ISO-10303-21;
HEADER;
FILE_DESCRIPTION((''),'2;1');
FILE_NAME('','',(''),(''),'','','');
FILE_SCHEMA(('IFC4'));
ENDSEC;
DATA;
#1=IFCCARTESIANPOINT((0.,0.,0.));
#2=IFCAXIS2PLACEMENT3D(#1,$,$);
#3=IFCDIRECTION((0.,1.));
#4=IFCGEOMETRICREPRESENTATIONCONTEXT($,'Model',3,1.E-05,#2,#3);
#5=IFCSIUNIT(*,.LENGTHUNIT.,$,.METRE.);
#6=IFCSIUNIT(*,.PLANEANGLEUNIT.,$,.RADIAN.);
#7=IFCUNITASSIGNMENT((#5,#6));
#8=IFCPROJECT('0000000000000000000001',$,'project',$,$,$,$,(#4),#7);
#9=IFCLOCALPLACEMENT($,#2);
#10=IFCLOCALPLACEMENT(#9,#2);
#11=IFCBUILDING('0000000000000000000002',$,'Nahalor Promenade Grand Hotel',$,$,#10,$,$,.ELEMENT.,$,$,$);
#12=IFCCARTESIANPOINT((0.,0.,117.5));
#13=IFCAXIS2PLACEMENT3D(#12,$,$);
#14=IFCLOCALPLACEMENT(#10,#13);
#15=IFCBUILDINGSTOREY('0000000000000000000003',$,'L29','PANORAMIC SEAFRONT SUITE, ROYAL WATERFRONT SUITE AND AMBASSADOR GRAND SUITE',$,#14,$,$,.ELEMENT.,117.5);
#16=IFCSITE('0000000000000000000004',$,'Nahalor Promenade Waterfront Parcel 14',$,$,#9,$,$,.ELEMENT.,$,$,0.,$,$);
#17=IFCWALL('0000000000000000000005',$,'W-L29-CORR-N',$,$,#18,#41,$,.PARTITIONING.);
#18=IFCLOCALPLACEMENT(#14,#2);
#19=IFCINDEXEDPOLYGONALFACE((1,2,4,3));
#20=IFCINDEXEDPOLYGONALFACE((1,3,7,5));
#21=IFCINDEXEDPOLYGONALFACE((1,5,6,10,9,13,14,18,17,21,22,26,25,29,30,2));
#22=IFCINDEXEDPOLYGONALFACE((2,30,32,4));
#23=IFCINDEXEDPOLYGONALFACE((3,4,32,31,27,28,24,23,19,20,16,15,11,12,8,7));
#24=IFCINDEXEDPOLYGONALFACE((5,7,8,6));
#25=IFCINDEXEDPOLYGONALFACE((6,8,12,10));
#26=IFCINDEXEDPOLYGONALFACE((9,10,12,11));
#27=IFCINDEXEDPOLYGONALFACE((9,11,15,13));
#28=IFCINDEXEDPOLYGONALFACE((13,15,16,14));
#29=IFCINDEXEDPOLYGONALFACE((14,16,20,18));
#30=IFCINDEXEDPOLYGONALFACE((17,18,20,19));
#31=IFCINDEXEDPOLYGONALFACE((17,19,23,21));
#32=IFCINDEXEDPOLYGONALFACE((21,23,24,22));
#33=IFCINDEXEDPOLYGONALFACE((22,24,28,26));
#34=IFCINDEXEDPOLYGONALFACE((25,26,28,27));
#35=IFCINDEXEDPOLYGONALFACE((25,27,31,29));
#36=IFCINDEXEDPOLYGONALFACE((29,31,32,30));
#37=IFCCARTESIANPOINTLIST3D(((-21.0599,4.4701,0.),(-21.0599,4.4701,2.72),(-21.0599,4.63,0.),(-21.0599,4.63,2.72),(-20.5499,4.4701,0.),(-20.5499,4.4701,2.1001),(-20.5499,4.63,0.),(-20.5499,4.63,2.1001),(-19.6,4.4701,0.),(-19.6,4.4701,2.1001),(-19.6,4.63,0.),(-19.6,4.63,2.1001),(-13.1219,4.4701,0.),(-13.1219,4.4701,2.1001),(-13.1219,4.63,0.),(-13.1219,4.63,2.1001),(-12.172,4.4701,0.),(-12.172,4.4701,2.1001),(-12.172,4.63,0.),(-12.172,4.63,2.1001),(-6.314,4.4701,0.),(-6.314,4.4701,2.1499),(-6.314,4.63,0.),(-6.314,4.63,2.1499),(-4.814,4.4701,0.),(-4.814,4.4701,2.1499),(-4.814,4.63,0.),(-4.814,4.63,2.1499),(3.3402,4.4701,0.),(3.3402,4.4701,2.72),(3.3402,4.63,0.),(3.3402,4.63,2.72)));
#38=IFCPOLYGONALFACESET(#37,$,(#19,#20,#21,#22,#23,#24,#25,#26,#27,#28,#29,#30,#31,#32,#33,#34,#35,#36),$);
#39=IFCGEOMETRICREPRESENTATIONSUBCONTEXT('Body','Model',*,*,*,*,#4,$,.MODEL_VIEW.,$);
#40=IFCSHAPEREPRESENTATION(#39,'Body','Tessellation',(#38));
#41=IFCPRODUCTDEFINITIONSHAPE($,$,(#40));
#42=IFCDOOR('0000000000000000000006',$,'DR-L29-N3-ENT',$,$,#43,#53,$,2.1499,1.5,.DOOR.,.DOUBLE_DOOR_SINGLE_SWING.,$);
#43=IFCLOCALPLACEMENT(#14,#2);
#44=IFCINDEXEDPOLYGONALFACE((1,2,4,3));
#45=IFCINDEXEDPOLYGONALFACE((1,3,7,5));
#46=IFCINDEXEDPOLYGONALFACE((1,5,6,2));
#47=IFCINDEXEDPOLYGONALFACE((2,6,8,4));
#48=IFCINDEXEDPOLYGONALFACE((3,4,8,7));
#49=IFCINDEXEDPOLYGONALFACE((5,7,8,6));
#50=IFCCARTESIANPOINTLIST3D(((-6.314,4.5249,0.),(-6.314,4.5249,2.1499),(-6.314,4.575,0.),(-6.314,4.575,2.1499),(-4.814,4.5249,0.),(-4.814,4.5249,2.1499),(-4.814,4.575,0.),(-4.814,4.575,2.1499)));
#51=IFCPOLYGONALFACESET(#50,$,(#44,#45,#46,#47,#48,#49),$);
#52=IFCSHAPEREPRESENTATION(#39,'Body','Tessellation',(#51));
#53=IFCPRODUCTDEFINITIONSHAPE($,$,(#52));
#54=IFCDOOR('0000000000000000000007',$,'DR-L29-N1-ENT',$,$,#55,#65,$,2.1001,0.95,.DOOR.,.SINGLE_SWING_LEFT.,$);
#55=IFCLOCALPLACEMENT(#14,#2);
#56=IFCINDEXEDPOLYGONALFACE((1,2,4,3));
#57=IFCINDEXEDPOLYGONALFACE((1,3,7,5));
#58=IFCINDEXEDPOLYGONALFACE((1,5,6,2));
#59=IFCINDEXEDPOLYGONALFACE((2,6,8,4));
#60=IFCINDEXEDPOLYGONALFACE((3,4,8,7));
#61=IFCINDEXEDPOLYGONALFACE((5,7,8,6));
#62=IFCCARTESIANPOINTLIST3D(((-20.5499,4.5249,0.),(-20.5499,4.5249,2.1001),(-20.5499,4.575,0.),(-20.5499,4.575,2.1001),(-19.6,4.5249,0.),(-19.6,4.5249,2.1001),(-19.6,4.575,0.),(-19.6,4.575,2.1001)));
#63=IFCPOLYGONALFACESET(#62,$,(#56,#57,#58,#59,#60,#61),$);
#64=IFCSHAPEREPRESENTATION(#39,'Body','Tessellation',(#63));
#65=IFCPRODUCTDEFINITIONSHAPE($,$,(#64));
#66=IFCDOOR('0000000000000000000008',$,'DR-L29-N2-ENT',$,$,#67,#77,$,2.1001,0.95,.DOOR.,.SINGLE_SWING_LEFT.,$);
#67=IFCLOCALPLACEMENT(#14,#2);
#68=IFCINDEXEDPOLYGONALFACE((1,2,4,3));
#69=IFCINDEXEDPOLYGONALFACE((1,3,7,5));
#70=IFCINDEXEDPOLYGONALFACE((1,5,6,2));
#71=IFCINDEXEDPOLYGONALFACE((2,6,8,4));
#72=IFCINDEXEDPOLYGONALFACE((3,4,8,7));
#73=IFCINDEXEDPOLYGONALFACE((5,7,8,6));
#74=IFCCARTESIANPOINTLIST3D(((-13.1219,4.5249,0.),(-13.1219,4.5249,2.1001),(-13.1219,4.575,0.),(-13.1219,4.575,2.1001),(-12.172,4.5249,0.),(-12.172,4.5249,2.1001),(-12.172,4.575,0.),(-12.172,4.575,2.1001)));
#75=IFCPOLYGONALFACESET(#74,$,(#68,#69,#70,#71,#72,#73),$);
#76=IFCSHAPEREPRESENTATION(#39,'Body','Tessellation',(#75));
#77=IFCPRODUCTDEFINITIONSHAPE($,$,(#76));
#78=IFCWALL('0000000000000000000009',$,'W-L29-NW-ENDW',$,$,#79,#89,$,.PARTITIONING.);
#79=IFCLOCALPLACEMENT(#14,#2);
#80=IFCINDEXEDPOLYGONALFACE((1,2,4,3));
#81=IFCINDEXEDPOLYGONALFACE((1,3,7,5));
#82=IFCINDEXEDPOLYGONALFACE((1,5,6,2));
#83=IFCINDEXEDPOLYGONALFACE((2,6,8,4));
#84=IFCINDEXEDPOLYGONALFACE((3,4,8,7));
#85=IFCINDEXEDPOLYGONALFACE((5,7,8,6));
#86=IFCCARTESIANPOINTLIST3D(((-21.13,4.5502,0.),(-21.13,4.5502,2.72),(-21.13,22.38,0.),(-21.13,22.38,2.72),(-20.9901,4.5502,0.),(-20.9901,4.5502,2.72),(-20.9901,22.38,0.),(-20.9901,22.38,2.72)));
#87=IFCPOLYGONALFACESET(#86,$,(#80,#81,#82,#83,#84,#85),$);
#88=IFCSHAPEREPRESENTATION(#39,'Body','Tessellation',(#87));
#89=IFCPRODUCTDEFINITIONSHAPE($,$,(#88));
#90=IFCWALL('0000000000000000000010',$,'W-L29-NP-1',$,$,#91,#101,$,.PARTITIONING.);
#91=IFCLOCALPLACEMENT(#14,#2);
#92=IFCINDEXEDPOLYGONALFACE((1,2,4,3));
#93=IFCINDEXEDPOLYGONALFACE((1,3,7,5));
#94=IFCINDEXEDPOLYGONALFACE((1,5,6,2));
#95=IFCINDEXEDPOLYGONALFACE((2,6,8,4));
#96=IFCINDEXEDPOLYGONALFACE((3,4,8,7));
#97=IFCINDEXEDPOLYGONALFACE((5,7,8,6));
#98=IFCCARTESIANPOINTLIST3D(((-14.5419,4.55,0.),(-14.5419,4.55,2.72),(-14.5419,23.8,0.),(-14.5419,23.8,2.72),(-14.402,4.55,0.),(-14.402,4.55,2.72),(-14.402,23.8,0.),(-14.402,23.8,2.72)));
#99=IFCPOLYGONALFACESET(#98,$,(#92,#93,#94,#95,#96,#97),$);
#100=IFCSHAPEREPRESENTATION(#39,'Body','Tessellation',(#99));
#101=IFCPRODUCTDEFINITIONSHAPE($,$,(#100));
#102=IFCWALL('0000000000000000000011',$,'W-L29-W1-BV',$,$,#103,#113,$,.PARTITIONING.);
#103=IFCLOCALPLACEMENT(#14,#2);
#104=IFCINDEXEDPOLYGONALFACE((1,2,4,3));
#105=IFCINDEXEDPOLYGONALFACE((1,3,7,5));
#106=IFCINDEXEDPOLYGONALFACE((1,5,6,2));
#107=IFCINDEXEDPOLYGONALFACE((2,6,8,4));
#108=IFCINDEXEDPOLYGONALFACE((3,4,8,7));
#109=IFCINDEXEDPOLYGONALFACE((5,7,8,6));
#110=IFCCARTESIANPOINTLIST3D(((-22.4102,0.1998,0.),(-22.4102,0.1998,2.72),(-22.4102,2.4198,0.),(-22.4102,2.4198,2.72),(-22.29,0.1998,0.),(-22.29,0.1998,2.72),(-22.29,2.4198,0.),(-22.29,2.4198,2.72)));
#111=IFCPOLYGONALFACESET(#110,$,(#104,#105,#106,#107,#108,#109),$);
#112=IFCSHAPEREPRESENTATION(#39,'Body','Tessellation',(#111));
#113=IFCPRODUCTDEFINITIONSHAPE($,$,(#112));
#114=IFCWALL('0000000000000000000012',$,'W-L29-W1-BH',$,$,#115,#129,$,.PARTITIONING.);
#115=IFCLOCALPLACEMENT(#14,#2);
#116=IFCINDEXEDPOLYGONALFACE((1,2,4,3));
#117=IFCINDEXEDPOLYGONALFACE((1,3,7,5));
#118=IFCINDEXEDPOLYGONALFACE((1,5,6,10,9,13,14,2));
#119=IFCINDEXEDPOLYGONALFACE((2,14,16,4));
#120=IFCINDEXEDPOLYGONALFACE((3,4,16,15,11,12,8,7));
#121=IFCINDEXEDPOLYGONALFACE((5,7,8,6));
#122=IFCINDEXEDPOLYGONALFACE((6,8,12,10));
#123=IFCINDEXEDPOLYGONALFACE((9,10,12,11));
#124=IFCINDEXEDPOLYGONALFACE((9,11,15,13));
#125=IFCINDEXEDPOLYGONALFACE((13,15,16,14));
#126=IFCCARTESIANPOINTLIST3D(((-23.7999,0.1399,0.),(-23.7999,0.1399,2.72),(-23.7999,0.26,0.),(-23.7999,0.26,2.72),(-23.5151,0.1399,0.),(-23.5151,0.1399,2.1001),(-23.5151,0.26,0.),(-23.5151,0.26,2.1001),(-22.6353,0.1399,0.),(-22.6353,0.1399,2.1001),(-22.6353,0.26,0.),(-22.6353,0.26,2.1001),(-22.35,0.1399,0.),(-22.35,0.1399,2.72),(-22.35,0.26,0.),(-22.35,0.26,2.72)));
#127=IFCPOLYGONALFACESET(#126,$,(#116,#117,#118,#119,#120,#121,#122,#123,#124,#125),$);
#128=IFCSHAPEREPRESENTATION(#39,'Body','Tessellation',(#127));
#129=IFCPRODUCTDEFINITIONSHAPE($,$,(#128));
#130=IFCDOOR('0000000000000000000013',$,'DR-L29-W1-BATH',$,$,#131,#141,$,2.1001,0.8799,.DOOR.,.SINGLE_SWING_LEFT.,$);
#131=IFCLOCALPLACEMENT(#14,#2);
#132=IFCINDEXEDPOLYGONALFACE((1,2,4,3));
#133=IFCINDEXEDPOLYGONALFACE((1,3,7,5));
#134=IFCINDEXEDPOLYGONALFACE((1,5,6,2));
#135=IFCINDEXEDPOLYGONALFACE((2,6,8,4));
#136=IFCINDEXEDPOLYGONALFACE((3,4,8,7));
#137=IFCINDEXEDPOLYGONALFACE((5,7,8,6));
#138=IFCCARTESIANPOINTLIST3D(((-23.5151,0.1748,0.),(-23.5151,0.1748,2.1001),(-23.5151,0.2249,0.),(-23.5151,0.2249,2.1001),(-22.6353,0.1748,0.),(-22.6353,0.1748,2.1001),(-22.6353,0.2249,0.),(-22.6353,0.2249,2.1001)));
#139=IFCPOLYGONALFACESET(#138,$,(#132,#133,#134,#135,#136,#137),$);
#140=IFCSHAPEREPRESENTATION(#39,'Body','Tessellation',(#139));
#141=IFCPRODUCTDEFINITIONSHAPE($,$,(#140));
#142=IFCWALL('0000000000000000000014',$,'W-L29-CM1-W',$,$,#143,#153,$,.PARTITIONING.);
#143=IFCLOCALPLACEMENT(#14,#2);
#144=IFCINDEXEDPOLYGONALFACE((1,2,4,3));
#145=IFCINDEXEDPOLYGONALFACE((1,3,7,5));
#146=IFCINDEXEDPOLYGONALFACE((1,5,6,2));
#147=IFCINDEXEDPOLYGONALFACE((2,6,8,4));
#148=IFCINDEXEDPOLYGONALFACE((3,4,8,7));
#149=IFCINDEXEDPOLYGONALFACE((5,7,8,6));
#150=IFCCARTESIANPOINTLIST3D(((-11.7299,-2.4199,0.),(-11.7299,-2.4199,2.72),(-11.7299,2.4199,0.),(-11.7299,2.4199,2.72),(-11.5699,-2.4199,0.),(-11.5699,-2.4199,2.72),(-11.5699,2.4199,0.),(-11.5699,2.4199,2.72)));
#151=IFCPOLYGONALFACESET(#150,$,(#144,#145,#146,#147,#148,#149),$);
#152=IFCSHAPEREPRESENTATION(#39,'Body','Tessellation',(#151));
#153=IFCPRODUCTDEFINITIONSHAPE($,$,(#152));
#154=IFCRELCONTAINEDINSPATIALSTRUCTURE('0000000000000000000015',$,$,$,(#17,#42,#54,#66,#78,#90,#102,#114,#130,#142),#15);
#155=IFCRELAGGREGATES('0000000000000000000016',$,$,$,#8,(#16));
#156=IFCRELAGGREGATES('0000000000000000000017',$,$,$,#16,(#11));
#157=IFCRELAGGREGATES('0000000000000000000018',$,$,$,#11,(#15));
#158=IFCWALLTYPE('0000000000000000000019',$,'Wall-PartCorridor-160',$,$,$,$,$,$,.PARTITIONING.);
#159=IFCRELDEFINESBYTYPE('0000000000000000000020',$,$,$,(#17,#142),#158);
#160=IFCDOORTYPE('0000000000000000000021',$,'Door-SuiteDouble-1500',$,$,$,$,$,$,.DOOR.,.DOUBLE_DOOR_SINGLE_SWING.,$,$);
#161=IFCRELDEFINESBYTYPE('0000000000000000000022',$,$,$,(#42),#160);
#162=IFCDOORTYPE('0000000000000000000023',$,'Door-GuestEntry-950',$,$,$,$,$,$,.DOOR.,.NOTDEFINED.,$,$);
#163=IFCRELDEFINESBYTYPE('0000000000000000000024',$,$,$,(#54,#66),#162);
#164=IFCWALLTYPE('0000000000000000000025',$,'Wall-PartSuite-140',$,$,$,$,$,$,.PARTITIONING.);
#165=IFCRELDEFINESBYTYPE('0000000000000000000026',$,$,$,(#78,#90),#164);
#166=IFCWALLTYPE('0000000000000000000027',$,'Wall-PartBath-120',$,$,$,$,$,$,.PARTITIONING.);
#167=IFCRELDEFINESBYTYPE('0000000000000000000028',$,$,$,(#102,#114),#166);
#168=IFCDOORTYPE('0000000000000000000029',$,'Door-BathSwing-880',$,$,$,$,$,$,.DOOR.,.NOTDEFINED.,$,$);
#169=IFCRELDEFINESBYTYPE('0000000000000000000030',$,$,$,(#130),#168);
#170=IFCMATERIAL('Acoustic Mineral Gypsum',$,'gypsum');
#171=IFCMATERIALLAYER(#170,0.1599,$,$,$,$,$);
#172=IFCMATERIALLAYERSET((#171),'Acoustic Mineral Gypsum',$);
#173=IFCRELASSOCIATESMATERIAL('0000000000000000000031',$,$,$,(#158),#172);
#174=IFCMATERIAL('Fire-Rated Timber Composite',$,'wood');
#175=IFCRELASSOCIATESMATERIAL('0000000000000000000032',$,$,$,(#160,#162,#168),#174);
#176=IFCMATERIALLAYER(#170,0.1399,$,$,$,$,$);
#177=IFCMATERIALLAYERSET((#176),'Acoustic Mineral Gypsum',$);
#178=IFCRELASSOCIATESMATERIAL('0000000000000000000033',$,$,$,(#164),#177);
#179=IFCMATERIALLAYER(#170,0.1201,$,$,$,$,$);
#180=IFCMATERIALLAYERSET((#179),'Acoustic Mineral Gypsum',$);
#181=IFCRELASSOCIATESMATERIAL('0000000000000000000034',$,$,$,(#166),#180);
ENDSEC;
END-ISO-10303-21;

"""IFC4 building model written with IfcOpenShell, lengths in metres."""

from ifc_helpers import new_model, si_unit, direction, frame, frame_2d, origin, place, context, subcontext, project, spatial, rectangle, extrude, source, transform, mapped, material, layer, layer_set, type_object, element, fill, save


model = new_model("IFC4")

# Units and contexts
model_context = context("Model", 3, precision=1e-05, world=origin(), true_north=direction((0.0, 1.0)))
body_context = subcontext(model_context, "Body", "Model", "MODEL_VIEW")
ifc_project = project(units=[si_unit("LENGTHUNIT", "METRE"), si_unit("PLANEANGLEUNIT", "RADIAN")], contexts=[model_context])

# Site, building, storey
site_placement = place(None, origin())
site = spatial("IfcSite", under=ifc_project, at=site_placement, Name="Nahalor Promenade Waterfront Parcel 14", CompositionType="ELEMENT", RefElevation=0.0)
building_placement = place(site_placement, origin())
building = spatial("IfcBuilding", under=site, at=building_placement, Name="Nahalor Promenade Grand Hotel", CompositionType="ELEMENT")
storey_placement = place(building_placement, frame((0.0, 0.0, 117.5)))
storey = spatial("IfcBuildingStorey", under=building, at=storey_placement, Name="L29", Description="PANORAMIC SEAFRONT SUITE, ROYAL WATERFRONT SUITE AND AMBASSADOR GRAND SUITE", CompositionType="ELEMENT", Elevation=117.5)

# Wall, openings, doors
ifc_material_1 = material(Name="Acoustic Mineral Gypsum", Category="gypsum")
ifc_layer_1 = layer(ifc_material_1, 0.1599)
ifc_layer_set_1 = layer_set([ifc_layer_1], Name="Acoustic Mineral Gypsum")
wall_type_1 = type_object("IfcWallType", Name="Wall-PartCorridor-160", PredefinedType="PARTITIONING", material=ifc_layer_set_1)
shared_shape_1 = source(origin(), body_context, "Body", "SweptSolid", [
    extrude(rectangle(XDim=24.4001, YDim=0.1599, at=frame_2d((12.2002, 0.0))), origin(), (0.0, 0.0, 1.0), 2.72),
])
wall_1_placement = place(storey_placement, frame((-21.0601, 4.55, 0.0), z_axis=(0.0, 0.0, 1.0), x_axis=(1.0, 0.0, 0.0)))
wall_1 = element("IfcWall", 1, at=wall_1_placement, inside=storey, type_object=wall_type_1, Name="W-L29-CORR-N", PredefinedType="PARTITIONING", context=body_context, shape_type="MappedRepresentation", body=[
    mapped(shared_shape_1, transform((0.0, 0.0, 0.0), scale=1.0)),
])
opening_1_placement = place(wall_1_placement, frame((0.51, 0.0, 0.0)))
opening_1 = element("IfcOpeningElement", 2, at=opening_1_placement, cuts=wall_1, PredefinedType="OPENING", context=body_context, shape_type="SweptSolid", body=[
    extrude(rectangle(XDim=0.95, YDim=2.1001, at=frame_2d((0.4751, 1.05))), frame((0.0, 0.0898, 0.0), z_axis=(0.0, -1.0, 0.0), x_axis=(1.0, 0.0, 0.0)), (0.0, 0.0, 1.0), 0.1799),
])
opening_2_placement = place(wall_1_placement, frame((7.938, 0.0, 0.0)))
opening_2 = element("IfcOpeningElement", 3, at=opening_2_placement, cuts=wall_1, PredefinedType="OPENING", context=body_context, shape_type="SweptSolid", body=[
    extrude(rectangle(XDim=0.95, YDim=2.1001, at=frame_2d((0.4751, 1.05))), frame((0.0, 0.0898, 0.0), z_axis=(0.0, -1.0, 0.0), x_axis=(1.0, 0.0, 0.0)), (0.0, 0.0, 1.0), 0.1799),
])
opening_3_placement = place(wall_1_placement, frame((14.7461, 0.0, 0.0)))
opening_3 = element("IfcOpeningElement", 4, at=opening_3_placement, cuts=wall_1, PredefinedType="OPENING", context=body_context, shape_type="SweptSolid", body=[
    extrude(rectangle(XDim=1.5, YDim=2.1499, at=frame_2d((0.75, 1.075))), frame((0.0, 0.0898, 0.0), z_axis=(0.0, -1.0, 0.0), x_axis=(1.0, 0.0, 0.0)), (0.0, 0.0, 1.0), 0.1799),
])
ifc_material_2 = material(Name="Fire-Rated Timber Composite", Category="wood")
door_type_1 = type_object("IfcDoorType", Name="Door-SuiteDouble-1500", OperationType="DOUBLE_DOOR_SINGLE_SWING", PredefinedType="DOOR", material=ifc_material_2)
shared_shape_2 = source(origin(), body_context, "Body", "SweptSolid", [
    extrude(rectangle(XDim=1.5, YDim=2.1499, at=frame_2d((0.75, 1.075))), frame((0.0, 0.0249, 0.0), z_axis=(0.0, -1.0, 0.0), x_axis=(1.0, 0.0, 0.0)), (0.0, 0.0, 1.0), 0.05),
])
door_1_placement = place(opening_3_placement, origin())
door_1 = element("IfcDoor", 5, at=door_1_placement, inside=storey, type_object=door_type_1, Name="DR-L29-N3-ENT", OperationType="DOUBLE_DOOR_SINGLE_SWING", OverallHeight=2.1499, OverallWidth=1.5, PredefinedType="DOOR", context=body_context, shape_type="MappedRepresentation", body=[
    mapped(shared_shape_2, transform((0.0, 0.0, 0.0), scale=1.0)),
])
fill(opening_3, door_1)
door_type_2 = type_object("IfcDoorType", Name="Door-GuestEntry-950", OperationType="NOTDEFINED", PredefinedType="DOOR", material=ifc_material_2)
shared_shape_3 = source(origin(), body_context, "Body", "SweptSolid", [
    extrude(rectangle(XDim=0.95, YDim=2.1001, at=frame_2d((0.4751, 1.05))), frame((0.0, 0.0249, 0.0), z_axis=(0.0, -1.0, 0.0), x_axis=(1.0, 0.0, 0.0)), (0.0, 0.0, 1.0), 0.05),
])
door_2_placement = place(opening_1_placement, origin())
door_2 = element("IfcDoor", 6, at=door_2_placement, inside=storey, type_object=door_type_2, Name="DR-L29-N1-ENT", OperationType="SINGLE_SWING_LEFT", OverallHeight=2.1001, OverallWidth=0.95, PredefinedType="DOOR", context=body_context, shape_type="MappedRepresentation", body=[
    mapped(shared_shape_3, transform((0.0, 0.0, 0.0), scale=1.0)),
])
fill(opening_1, door_2)
door_3_placement = place(opening_2_placement, origin())
door_3 = element("IfcDoor", 7, at=door_3_placement, inside=storey, type_object=door_type_2, Name="DR-L29-N2-ENT", OperationType="SINGLE_SWING_LEFT", OverallHeight=2.1001, OverallWidth=0.95, PredefinedType="DOOR", context=body_context, shape_type="MappedRepresentation", body=[
    mapped(shared_shape_3, transform((0.0, 0.0, 0.0), scale=1.0)),
])
fill(opening_2, door_3)

# Walls
ifc_layer_2 = layer(ifc_material_1, 0.1399)
ifc_layer_set_2 = layer_set([ifc_layer_2], Name="Acoustic Mineral Gypsum")
wall_type_2 = type_object("IfcWallType", Name="Wall-PartSuite-140", PredefinedType="PARTITIONING", material=ifc_layer_set_2)
shared_shape_4 = source(origin(), body_context, "Body", "SweptSolid", [
    extrude(rectangle(XDim=17.8298, YDim=0.1399, at=frame_2d((8.915, 0.0))), origin(), (0.0, 0.0, 1.0), 2.72),
])
wall_2_placement = place(storey_placement, frame((-21.0601, 4.55, 0.0), z_axis=(0.0, 0.0, 1.0), x_axis=(0.0, 1.0, 0.0)))
element("IfcWall", 8, at=wall_2_placement, inside=storey, type_object=wall_type_2, Name="W-L29-NW-ENDW", PredefinedType="PARTITIONING", context=body_context, shape_type="MappedRepresentation", body=[
    mapped(shared_shape_4, transform((0.0, 0.0, 0.0), scale=1.0)),
])
shared_shape_5 = source(origin(), body_context, "Body", "SweptSolid", [
    extrude(rectangle(XDim=19.25, YDim=0.1399, at=frame_2d((9.625, 0.0))), origin(), (0.0, 0.0, 1.0), 2.72),
])
wall_3_placement = place(storey_placement, frame((-14.4719, 4.55, 0.0), z_axis=(0.0, 0.0, 1.0), x_axis=(0.0, 1.0, 0.0)))
element("IfcWall", 9, at=wall_3_placement, inside=storey, type_object=wall_type_2, Name="W-L29-NP-1", PredefinedType="PARTITIONING", context=body_context, shape_type="MappedRepresentation", body=[
    mapped(shared_shape_5, transform((0.0, 0.0, 0.0), scale=1.0)),
])
ifc_layer_3 = layer(ifc_material_1, 0.1201)
ifc_layer_set_3 = layer_set([ifc_layer_3], Name="Acoustic Mineral Gypsum")
wall_type_3 = type_object("IfcWallType", Name="Wall-PartBath-120", PredefinedType="PARTITIONING", material=ifc_layer_set_3)
shared_shape_6 = source(origin(), body_context, "Body", "SweptSolid", [
    extrude(rectangle(XDim=2.22, YDim=0.1201, at=frame_2d((1.1099, 0.0))), origin(), (0.0, 0.0, 1.0), 2.72),
])
wall_4_placement = place(storey_placement, frame((-22.3501, 0.2, 0.0), z_axis=(0.0, 0.0, 1.0), x_axis=(0.0, 1.0, 0.0)))
element("IfcWall", 10, at=wall_4_placement, inside=storey, type_object=wall_type_3, Name="W-L29-W1-BV", PredefinedType="PARTITIONING", context=body_context, shape_type="MappedRepresentation", body=[
    mapped(shared_shape_6, transform((0.0, 0.0, 0.0), scale=1.0)),
])

# Wall, opening, door
shared_shape_7 = source(origin(), body_context, "Body", "SweptSolid", [
    extrude(rectangle(XDim=1.45, YDim=0.1201, at=frame_2d((0.7251, 0.0))), origin(), (0.0, 0.0, 1.0), 2.72),
])
wall_5_placement = place(storey_placement, frame((-23.8, 0.2, 0.0), z_axis=(0.0, 0.0, 1.0), x_axis=(1.0, 0.0, 0.0)))
wall_5 = element("IfcWall", 11, at=wall_5_placement, inside=storey, type_object=wall_type_3, Name="W-L29-W1-BH", PredefinedType="PARTITIONING", context=body_context, shape_type="MappedRepresentation", body=[
    mapped(shared_shape_7, transform((0.0, 0.0, 0.0), scale=1.0)),
])
opening_4_placement = place(wall_5_placement, frame((0.2849, 0.0, 0.0)))
opening_4 = element("IfcOpeningElement", 12, at=opening_4_placement, cuts=wall_5, PredefinedType="OPENING", context=body_context, shape_type="SweptSolid", body=[
    extrude(rectangle(XDim=0.8799, YDim=2.1001, at=frame_2d((0.4399, 1.05))), frame((0.0, 0.0701, 0.0), z_axis=(0.0, -1.0, 0.0), x_axis=(1.0, 0.0, 0.0)), (0.0, 0.0, 1.0), 0.1401),
])
door_type_3 = type_object("IfcDoorType", Name="Door-BathSwing-880", OperationType="NOTDEFINED", PredefinedType="DOOR", material=ifc_material_2)
shared_shape_8 = source(origin(), body_context, "Body", "SweptSolid", [
    extrude(rectangle(XDim=0.8799, YDim=2.1001, at=frame_2d((0.4399, 1.05))), frame((0.0, 0.0249, 0.0), z_axis=(0.0, -1.0, 0.0), x_axis=(1.0, 0.0, 0.0)), (0.0, 0.0, 1.0), 0.05),
])
door_4_placement = place(opening_4_placement, origin())
door_4 = element("IfcDoor", 13, at=door_4_placement, inside=storey, type_object=door_type_3, Name="DR-L29-W1-BATH", OperationType="SINGLE_SWING_LEFT", OverallHeight=2.1001, OverallWidth=0.8799, PredefinedType="DOOR", context=body_context, shape_type="MappedRepresentation", body=[
    mapped(shared_shape_8, transform((0.0, 0.0, 0.0), scale=1.0)),
])
fill(opening_4, door_4)

# Wall
shared_shape_9 = source(origin(), body_context, "Body", "SweptSolid", [
    extrude(rectangle(XDim=4.8398, YDim=0.1599, at=frame_2d((2.4199, 0.0))), origin(), (0.0, 0.0, 1.0), 2.72),
])
wall_6_placement = place(storey_placement, frame((-11.6499, -2.4199, 0.0), z_axis=(0.0, 0.0, 1.0), x_axis=(0.0, 1.0, 0.0)))
element("IfcWall", 14, at=wall_6_placement, inside=storey, type_object=wall_type_1, Name="W-L29-CM1-W", PredefinedType="PARTITIONING", context=body_context, shape_type="MappedRepresentation", body=[
    mapped(shared_shape_9, transform((0.0, 0.0, 0.0), scale=1.0)),
])

save(model, "model.ifc")
